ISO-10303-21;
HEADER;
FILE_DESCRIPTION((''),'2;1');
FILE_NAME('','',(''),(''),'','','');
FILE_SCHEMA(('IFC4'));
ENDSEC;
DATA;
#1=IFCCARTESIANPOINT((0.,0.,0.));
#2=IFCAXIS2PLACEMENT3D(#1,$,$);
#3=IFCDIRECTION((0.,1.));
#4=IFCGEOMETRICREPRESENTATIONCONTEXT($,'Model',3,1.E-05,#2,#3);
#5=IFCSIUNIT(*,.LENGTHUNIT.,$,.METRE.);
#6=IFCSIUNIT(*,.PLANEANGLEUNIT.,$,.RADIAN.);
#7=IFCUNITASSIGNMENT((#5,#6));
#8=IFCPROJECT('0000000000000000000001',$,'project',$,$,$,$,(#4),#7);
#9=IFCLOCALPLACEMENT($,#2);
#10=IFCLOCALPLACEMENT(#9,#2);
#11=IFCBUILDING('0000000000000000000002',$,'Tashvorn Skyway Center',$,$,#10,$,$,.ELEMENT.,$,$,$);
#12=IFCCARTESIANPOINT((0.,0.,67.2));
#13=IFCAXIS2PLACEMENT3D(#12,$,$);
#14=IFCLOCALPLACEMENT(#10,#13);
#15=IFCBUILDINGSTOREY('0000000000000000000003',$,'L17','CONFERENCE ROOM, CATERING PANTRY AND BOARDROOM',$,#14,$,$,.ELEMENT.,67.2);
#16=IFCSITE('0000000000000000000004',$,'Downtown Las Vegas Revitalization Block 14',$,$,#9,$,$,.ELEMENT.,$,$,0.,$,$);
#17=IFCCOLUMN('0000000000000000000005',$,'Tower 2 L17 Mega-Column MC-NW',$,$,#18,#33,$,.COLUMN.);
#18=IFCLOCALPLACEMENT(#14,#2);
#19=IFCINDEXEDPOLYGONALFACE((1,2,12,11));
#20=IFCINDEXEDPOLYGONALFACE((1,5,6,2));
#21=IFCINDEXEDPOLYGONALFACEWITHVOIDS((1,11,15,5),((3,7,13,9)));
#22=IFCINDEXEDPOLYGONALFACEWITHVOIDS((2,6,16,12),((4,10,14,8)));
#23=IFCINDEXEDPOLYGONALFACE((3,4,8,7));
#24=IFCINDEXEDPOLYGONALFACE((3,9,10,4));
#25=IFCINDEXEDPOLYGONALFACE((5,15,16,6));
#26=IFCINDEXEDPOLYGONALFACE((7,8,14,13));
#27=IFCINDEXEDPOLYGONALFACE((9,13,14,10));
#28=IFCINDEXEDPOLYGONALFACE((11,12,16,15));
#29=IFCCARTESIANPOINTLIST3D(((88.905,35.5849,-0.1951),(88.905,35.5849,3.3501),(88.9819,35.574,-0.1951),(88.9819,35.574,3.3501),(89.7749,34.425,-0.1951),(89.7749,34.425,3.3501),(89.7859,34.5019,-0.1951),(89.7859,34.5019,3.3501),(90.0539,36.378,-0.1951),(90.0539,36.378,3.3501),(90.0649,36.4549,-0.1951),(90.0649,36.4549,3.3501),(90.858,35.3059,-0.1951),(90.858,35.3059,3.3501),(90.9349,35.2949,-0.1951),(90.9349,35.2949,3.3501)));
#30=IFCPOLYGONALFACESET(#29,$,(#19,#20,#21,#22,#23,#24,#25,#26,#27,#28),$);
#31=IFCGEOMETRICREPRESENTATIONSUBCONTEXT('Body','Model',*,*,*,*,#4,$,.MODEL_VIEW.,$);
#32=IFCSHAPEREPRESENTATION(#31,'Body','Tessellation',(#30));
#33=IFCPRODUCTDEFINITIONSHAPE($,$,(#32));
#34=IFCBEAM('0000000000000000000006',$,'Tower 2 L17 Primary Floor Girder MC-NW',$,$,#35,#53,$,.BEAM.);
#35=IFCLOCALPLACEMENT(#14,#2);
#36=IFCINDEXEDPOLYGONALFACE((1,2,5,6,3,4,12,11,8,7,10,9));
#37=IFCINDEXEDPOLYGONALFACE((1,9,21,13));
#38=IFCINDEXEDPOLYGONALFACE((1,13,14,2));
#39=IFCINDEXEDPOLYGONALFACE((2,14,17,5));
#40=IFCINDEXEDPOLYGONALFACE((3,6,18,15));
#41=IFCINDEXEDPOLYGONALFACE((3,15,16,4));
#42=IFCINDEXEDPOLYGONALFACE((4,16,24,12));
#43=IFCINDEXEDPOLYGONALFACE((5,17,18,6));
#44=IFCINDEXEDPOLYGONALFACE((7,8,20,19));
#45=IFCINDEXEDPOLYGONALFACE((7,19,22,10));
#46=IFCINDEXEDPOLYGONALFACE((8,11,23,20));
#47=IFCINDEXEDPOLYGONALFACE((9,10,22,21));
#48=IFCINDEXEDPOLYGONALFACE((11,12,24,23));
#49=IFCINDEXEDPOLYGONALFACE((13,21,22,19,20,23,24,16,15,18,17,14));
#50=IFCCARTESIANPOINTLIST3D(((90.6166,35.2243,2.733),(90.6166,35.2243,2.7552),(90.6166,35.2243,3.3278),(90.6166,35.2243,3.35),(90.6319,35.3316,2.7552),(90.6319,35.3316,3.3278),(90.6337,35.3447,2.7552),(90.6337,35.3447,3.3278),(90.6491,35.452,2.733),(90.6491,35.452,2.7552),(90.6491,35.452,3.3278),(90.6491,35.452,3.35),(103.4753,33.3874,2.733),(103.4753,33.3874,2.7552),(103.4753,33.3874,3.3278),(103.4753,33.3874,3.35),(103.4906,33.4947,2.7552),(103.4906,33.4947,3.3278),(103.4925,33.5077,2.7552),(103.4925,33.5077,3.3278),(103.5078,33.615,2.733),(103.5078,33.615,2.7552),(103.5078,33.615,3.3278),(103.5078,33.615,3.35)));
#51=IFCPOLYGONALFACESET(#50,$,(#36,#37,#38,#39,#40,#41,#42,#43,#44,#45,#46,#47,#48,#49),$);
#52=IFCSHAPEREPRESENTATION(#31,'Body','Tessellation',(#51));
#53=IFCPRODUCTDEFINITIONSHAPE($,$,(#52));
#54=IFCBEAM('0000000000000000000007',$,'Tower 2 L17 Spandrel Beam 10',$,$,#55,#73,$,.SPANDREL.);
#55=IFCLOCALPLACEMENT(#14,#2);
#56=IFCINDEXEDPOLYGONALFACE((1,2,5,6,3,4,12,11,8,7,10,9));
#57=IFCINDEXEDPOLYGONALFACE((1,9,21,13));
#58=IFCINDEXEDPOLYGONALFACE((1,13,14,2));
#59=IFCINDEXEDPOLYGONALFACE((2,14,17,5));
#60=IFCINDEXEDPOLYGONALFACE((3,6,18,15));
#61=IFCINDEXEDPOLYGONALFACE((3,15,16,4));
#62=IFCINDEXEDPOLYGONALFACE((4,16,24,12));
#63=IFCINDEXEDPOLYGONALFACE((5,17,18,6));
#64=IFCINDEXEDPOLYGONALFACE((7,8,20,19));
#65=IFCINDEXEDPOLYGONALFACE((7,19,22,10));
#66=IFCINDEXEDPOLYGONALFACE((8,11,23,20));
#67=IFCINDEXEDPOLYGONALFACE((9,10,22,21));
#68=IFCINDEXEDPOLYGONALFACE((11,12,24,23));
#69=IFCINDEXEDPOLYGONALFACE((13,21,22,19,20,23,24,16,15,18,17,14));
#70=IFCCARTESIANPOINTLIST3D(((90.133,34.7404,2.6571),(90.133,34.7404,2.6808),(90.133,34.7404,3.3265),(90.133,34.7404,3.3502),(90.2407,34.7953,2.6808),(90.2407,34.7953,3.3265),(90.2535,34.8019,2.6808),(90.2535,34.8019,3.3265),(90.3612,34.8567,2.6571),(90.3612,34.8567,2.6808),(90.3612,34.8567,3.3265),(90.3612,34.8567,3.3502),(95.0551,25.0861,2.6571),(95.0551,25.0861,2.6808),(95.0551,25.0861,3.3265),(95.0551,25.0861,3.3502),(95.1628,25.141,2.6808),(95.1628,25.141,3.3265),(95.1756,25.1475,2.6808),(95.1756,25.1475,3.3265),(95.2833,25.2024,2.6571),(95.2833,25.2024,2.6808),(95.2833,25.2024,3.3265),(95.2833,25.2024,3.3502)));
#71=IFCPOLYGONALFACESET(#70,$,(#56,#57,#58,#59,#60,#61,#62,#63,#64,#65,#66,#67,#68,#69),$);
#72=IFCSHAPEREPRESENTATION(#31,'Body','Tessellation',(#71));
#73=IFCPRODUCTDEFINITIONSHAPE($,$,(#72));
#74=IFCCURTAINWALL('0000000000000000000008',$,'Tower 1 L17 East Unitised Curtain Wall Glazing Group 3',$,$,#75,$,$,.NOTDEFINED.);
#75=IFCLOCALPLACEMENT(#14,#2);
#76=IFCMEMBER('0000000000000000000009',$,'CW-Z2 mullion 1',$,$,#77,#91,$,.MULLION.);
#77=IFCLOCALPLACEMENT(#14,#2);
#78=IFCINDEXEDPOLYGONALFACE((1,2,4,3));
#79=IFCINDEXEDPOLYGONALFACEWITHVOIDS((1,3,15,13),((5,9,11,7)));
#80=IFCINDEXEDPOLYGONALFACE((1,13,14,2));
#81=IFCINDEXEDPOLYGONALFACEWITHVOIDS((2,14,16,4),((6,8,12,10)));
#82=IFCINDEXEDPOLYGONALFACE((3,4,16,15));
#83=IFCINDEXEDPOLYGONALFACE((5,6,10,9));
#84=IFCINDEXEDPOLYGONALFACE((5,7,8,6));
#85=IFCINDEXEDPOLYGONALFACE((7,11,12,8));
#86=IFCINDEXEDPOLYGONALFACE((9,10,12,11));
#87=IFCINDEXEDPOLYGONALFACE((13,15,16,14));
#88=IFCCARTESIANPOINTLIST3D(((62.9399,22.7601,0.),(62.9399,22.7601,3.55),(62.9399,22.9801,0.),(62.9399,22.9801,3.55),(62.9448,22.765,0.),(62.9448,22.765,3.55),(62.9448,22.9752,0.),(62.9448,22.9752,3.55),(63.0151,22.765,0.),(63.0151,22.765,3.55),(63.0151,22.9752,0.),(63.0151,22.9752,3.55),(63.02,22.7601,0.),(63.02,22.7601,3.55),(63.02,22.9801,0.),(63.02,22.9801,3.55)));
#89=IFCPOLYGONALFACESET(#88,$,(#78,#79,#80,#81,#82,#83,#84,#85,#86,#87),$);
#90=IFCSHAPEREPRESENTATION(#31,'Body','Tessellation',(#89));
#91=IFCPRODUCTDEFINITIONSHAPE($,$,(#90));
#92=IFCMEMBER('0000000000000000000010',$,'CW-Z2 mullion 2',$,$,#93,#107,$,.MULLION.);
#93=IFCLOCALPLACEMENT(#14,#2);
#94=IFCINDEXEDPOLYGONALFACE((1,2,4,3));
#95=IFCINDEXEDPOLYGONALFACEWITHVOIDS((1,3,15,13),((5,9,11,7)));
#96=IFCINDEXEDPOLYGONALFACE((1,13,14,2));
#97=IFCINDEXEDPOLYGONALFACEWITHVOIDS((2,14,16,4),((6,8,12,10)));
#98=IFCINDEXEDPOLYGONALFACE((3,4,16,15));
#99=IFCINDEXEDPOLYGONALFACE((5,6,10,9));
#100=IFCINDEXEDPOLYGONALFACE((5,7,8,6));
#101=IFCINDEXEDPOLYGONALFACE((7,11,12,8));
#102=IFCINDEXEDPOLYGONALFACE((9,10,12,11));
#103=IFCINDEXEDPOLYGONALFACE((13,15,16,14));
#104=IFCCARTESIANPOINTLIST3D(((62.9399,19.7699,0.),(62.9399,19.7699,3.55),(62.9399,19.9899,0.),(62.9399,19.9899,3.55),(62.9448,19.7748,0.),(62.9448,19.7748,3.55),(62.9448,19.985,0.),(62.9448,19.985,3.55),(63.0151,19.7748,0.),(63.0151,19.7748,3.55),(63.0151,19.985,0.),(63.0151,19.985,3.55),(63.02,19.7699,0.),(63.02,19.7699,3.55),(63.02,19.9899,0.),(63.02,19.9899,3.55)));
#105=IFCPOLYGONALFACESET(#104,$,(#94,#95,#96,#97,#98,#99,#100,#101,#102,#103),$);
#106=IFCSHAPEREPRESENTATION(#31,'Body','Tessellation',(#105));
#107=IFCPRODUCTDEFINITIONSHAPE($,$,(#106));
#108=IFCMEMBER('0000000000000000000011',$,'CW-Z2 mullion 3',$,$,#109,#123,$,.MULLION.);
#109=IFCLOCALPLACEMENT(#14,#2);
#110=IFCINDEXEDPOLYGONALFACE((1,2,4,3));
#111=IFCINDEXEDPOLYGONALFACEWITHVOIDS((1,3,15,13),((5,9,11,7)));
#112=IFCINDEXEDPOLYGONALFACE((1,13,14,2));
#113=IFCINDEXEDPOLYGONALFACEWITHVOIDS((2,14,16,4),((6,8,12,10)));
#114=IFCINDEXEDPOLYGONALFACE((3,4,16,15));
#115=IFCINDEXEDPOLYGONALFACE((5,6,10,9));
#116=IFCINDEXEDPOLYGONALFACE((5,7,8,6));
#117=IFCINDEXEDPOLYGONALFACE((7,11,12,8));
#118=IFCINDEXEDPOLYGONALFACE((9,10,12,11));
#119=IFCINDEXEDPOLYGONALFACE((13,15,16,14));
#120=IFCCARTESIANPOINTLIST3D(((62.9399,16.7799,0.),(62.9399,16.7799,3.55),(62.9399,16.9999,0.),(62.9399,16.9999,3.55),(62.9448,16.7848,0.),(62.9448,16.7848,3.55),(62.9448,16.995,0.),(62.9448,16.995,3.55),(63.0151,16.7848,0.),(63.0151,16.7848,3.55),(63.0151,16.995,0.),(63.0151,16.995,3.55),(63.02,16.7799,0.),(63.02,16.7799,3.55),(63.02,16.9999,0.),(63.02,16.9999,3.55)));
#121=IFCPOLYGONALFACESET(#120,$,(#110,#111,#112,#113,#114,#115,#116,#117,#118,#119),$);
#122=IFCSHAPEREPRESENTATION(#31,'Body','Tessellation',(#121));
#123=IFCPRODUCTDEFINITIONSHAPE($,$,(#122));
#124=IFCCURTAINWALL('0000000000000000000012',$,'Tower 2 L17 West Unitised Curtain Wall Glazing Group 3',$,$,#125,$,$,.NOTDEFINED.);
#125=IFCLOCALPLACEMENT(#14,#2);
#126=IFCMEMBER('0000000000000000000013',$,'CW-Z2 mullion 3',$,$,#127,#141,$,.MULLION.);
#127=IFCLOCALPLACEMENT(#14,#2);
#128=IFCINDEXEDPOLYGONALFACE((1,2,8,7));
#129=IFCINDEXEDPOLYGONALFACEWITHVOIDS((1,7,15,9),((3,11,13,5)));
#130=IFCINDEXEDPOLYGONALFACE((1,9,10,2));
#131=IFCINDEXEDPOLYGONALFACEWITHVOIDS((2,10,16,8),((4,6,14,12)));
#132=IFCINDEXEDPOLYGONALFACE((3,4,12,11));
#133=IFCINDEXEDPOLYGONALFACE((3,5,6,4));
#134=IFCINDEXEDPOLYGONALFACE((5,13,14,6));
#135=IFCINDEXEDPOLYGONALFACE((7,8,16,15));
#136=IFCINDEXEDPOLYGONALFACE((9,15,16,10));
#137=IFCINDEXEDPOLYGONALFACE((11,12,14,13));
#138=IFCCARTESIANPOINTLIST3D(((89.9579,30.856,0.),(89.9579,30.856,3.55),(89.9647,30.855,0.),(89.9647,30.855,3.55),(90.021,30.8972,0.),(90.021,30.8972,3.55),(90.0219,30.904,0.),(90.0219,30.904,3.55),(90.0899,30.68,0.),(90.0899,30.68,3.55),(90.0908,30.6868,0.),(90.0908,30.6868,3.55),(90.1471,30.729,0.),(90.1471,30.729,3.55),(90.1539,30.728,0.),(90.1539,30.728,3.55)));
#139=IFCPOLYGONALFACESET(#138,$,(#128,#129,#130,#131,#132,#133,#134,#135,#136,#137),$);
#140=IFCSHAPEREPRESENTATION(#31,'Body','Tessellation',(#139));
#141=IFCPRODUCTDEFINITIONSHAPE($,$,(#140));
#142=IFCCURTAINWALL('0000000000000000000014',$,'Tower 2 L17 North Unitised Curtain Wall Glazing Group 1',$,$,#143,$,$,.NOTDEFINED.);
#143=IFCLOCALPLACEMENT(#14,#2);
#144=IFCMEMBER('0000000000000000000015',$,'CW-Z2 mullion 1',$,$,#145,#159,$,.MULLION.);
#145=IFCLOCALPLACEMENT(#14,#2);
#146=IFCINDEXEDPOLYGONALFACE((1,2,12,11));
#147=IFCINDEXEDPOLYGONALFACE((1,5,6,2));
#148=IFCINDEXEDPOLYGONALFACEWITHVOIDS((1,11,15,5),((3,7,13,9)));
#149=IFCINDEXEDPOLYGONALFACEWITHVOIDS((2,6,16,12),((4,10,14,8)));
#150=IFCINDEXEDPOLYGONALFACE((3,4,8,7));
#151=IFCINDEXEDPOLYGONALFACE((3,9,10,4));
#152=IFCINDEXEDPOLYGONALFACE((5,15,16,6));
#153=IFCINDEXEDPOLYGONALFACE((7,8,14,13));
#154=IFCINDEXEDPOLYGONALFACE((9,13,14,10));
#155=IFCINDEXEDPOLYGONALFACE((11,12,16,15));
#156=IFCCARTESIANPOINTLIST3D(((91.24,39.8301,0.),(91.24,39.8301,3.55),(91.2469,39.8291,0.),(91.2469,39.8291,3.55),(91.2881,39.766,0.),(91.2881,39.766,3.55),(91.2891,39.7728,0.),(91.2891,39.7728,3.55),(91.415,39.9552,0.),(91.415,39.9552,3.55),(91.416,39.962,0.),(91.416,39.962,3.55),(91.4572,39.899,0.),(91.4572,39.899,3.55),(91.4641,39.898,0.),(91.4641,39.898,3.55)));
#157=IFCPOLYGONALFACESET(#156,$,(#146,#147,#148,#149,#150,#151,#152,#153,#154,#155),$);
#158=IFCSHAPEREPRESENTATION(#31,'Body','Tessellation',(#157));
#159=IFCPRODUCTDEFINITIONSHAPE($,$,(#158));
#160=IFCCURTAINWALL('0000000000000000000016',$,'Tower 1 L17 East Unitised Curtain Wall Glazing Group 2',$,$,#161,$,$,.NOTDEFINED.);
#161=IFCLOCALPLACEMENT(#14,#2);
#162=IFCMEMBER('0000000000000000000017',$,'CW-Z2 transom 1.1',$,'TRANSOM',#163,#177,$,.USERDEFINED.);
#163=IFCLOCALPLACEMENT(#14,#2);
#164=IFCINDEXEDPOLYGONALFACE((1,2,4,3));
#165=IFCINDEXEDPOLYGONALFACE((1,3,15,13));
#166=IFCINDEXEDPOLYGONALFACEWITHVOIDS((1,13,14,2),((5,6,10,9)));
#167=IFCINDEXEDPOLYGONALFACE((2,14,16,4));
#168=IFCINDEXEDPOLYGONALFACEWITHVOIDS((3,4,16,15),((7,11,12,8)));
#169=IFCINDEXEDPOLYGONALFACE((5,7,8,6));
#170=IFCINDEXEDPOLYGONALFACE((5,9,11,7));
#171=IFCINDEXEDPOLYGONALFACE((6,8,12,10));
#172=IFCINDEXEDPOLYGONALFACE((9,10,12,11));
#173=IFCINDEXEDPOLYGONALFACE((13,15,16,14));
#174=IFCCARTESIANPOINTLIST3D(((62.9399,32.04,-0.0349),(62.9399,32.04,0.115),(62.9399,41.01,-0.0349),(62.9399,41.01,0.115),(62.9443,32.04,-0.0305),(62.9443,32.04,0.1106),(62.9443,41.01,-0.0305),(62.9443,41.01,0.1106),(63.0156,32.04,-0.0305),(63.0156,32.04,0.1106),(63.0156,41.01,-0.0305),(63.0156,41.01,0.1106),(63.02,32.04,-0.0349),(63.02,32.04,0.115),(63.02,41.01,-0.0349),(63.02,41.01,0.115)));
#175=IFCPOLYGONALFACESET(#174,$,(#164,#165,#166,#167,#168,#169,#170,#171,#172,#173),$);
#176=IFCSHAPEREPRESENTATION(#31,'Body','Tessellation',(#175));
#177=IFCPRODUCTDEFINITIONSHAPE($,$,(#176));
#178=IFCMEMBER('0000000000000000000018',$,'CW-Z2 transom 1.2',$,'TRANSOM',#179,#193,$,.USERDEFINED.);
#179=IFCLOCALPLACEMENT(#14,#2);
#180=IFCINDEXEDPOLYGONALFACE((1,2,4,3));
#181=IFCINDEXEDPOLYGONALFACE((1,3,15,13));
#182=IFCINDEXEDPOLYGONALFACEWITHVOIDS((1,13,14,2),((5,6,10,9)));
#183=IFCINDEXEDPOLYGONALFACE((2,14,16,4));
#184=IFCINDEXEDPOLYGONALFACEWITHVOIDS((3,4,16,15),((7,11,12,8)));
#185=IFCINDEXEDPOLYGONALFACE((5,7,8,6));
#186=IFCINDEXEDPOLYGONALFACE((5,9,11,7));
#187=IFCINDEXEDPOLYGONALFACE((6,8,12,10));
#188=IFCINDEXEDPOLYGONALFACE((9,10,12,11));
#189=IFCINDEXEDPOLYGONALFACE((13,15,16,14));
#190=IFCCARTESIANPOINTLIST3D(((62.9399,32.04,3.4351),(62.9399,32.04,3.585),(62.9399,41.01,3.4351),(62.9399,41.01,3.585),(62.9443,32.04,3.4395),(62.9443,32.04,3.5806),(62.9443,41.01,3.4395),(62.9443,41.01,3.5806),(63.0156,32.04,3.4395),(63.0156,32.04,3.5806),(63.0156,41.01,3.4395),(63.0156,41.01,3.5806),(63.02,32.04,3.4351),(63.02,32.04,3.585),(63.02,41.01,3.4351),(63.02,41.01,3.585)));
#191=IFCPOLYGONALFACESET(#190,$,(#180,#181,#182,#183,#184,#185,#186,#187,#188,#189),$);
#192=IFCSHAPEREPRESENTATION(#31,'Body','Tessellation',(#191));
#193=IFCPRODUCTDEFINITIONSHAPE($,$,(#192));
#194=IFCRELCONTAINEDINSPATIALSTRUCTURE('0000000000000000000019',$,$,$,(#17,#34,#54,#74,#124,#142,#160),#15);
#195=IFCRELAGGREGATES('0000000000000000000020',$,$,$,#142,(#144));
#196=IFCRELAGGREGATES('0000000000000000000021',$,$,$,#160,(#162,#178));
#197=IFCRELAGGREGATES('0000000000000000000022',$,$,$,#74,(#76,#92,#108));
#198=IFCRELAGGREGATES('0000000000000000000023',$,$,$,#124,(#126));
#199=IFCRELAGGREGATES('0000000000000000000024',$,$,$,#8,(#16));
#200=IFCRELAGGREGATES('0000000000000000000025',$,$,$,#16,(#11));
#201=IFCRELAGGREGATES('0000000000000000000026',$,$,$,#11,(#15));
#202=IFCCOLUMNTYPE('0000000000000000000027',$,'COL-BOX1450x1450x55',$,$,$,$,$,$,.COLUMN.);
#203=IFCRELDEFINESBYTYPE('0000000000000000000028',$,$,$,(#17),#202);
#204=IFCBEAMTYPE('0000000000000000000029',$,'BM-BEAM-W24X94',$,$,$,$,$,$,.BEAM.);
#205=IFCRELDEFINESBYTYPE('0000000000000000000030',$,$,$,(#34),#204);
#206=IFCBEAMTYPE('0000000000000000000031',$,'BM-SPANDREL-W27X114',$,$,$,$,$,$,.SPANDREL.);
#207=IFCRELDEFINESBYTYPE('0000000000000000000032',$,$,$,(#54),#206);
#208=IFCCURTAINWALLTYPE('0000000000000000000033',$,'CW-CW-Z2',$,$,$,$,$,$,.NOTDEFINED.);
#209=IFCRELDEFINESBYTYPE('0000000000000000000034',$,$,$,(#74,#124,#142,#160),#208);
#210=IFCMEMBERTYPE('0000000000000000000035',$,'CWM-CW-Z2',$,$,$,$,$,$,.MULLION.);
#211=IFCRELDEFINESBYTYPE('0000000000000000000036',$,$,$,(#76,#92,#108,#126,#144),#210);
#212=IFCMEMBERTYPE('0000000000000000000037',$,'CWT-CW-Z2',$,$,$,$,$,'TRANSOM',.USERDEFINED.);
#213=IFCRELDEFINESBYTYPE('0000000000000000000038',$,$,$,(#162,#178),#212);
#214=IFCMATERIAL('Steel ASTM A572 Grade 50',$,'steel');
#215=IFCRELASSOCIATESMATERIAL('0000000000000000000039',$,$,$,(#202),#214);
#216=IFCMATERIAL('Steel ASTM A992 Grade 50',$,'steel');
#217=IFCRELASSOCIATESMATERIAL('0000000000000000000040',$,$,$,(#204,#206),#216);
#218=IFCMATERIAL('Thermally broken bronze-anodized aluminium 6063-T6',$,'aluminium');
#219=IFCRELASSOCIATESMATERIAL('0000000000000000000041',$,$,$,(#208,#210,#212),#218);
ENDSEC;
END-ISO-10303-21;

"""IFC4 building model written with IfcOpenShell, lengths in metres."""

from ifc_helpers import new_model, si_unit, direction, frame, origin, origin_2d, place, context, subcontext, project, spatial, hollow_rectangle, i_section, extrude, material, material_profile, profile_set, type_object, element, aggregate, save


model = new_model("IFC4")

# Units and contexts
model_context = context("Model", 3, precision=1e-05, world=origin(), true_north=direction((0.0, 1.0)))
body_context = subcontext(model_context, "Body", "Model", "MODEL_VIEW")
ifc_project = project(units=[si_unit("LENGTHUNIT", "METRE"), si_unit("PLANEANGLEUNIT", "RADIAN")], contexts=[model_context])

# Site, building, storey
site_placement = place(None, origin())
site = spatial("IfcSite", under=ifc_project, at=site_placement, Name="Downtown Las Vegas Revitalization Block 14", CompositionType="ELEMENT", RefElevation=0.0)
building_placement = place(site_placement, origin())
building = spatial("IfcBuilding", under=site, at=building_placement, Name="Tashvorn Skyway Center", CompositionType="ELEMENT")
storey_placement = place(building_placement, frame((0.0, 0.0, 67.2)))
storey = spatial("IfcBuildingStorey", under=building, at=storey_placement, Name="L17", Description="CONFERENCE ROOM, CATERING PANTRY AND BOARDROOM", CompositionType="ELEMENT", Elevation=67.2)

# Column
ifc_material_1 = material(Name="Steel ASTM A572 Grade 50", Category="steel")
ifc_material_profile_1 = material_profile(ifc_material_1, hollow_rectangle(XDim=1.45, YDim=1.45, WallThickness=0.0549, at=origin_2d()), Name="BOX1450x1450x55")
ifc_profile_set_1 = profile_set([ifc_material_profile_1], Name="Steel ASTM A572 Grade 50")
column_type = type_object("IfcColumnType", Name="COL-BOX1450x1450x55", PredefinedType="COLUMN", material=ifc_profile_set_1)
column_placement = place(storey_placement, frame((89.9199, 35.4399, -0.1951), z_axis=(0.0, 0.0, 1.0), x_axis=(0.8, 0.6, 0.0)))
element("IfcColumn", 1, at=column_placement, inside=storey, type_object=column_type, Name="Tower 2 L17 Mega-Column MC-NW", PredefinedType="COLUMN", context=body_context, shape_type="SweptSolid", body=[
    extrude(hollow_rectangle(XDim=1.45, YDim=1.45, WallThickness=0.0549, at=origin_2d()), origin(), (0.0, 0.0, 1.0), 3.5452),
])

# Beams
ifc_material_2 = material(Name="Steel ASTM A992 Grade 50", Category="steel")
ifc_material_profile_2 = material_profile(ifc_material_2, i_section(OverallWidth=0.23, OverallDepth=0.6169, WebThickness=0.0132, FlangeThickness=0.0222, at=origin_2d()), Name="W24X94")
ifc_profile_set_2 = profile_set([ifc_material_profile_2], Name="Steel ASTM A992 Grade 50")
beam_type_1 = type_object("IfcBeamType", Name="BM-BEAM-W24X94", PredefinedType="BEAM", material=ifc_profile_set_2)
beam_1_placement = place(storey_placement, frame((90.6328, 35.3381, 3.0415), z_axis=(0.98995, -0.141419, 0.0), x_axis=(0.141419, 0.98995, 0.0)))
element("IfcBeam", 2, at=beam_1_placement, inside=storey, type_object=beam_type_1, Name="Tower 2 L17 Primary Floor Girder MC-NW", PredefinedType="BEAM", context=body_context, shape_type="SweptSolid", body=[
    extrude(i_section(OverallWidth=0.23, OverallDepth=0.6169, WebThickness=0.0132, FlangeThickness=0.0222, at=origin_2d()), origin(), (0.0, 0.0, 1.0), 12.9893),
])
ifc_material_profile_3 = material_profile(ifc_material_2, i_section(OverallWidth=0.2561, OverallDepth=0.6931, WebThickness=0.0144, FlangeThickness=0.0237, at=origin_2d()), Name="W27X114")
ifc_profile_set_3 = profile_set([ifc_material_profile_3], Name="Steel ASTM A992 Grade 50")
beam_type_2 = type_object("IfcBeamType", Name="BM-SPANDREL-W27X114", PredefinedType="SPANDREL", material=ifc_profile_set_3)
beam_2_placement = place(storey_placement, frame((90.2471, 34.7986, 3.0037), z_axis=(0.454211, -0.890894, 0.0), x_axis=(0.890894, 0.454211, 0.0)))
element("IfcBeam", 3, at=beam_2_placement, inside=storey, type_object=beam_type_2, Name="Tower 2 L17 Spandrel Beam 10", PredefinedType="SPANDREL", context=body_context, shape_type="SweptSolid", body=[
    extrude(i_section(OverallWidth=0.2561, OverallDepth=0.6931, WebThickness=0.0144, FlangeThickness=0.0237, at=origin_2d()), origin(), (0.0, 0.0, 1.0), 10.8367),
])

# Curtain wall, members
ifc_material_3 = material(Name="Thermally broken bronze-anodized aluminium 6063-T6", Category="aluminium")
curtain_wall_type = type_object("IfcCurtainWallType", Name="CW-CW-Z2", PredefinedType="NOTDEFINED", material=ifc_material_3)
curtain_wall_1_placement = place(storey_placement, origin())
curtain_wall_1 = element("IfcCurtainWall", 4, at=curtain_wall_1_placement, inside=storey, type_object=curtain_wall_type, Name="Tower 1 L17 East Unitised Curtain Wall Glazing Group 3", PredefinedType="NOTDEFINED")
ifc_material_profile_4 = material_profile(ifc_material_3, hollow_rectangle(XDim=0.0801, YDim=0.22, WallThickness=0.0049, at=origin_2d()), Name="ALU-MULL-80x220")
ifc_profile_set_4 = profile_set([ifc_material_profile_4], Name="Thermally broken bronze-anodized aluminium 6063-T6")
member_type_1 = type_object("IfcMemberType", Name="CWM-CW-Z2", PredefinedType="MULLION", material=ifc_profile_set_4)
member_1_placement = place(storey_placement, frame((62.98, 22.8701, 0.0), z_axis=(0.0, 0.0, 1.0), x_axis=(1.0, 0.0, 0.0)))
member_1 = element("IfcMember", 5, at=member_1_placement, type_object=member_type_1, Name="CW-Z2 mullion 1", PredefinedType="MULLION", context=body_context, shape_type="SweptSolid", body=[
    extrude(hollow_rectangle(XDim=0.0801, YDim=0.22, WallThickness=0.0049, at=origin_2d()), origin(), (0.0, 0.0, 1.0), 3.55),
])
member_2_placement = place(storey_placement, frame((62.98, 19.8799, 0.0), z_axis=(0.0, 0.0, 1.0), x_axis=(1.0, 0.0, 0.0)))
member_2 = element("IfcMember", 6, at=member_2_placement, type_object=member_type_1, Name="CW-Z2 mullion 2", PredefinedType="MULLION", context=body_context, shape_type="SweptSolid", body=[
    extrude(hollow_rectangle(XDim=0.0801, YDim=0.22, WallThickness=0.0049, at=origin_2d()), origin(), (0.0, 0.0, 1.0), 3.55),
])
member_3_placement = place(storey_placement, frame((62.98, 16.8899, 0.0), z_axis=(0.0, 0.0, 1.0), x_axis=(1.0, 0.0, 0.0)))
member_3 = element("IfcMember", 7, at=member_3_placement, type_object=member_type_1, Name="CW-Z2 mullion 3", PredefinedType="MULLION", context=body_context, shape_type="SweptSolid", body=[
    extrude(hollow_rectangle(XDim=0.0801, YDim=0.22, WallThickness=0.0049, at=origin_2d()), origin(), (0.0, 0.0, 1.0), 3.55),
])

# Curtain walls, members
curtain_wall_2_placement = place(storey_placement, origin())
curtain_wall_2 = element("IfcCurtainWall", 8, at=curtain_wall_2_placement, inside=storey, type_object=curtain_wall_type, Name="Tower 2 L17 West Unitised Curtain Wall Glazing Group 3", PredefinedType="NOTDEFINED")
member_4_placement = place(storey_placement, frame((90.0559, 30.792, 0.0), z_axis=(0.0, 0.0, 1.0), x_axis=(-0.8, -0.6, 0.0)))
member_4 = element("IfcMember", 9, at=member_4_placement, type_object=member_type_1, Name="CW-Z2 mullion 3", PredefinedType="MULLION", context=body_context, shape_type="SweptSolid", body=[
    extrude(hollow_rectangle(XDim=0.0801, YDim=0.22, WallThickness=0.0049, at=origin_2d()), origin(), (0.0, 0.0, 1.0), 3.55),
])
curtain_wall_3_placement = place(storey_placement, origin())
curtain_wall_3 = element("IfcCurtainWall", 10, at=curtain_wall_3_placement, inside=storey, type_object=curtain_wall_type, Name="Tower 2 L17 North Unitised Curtain Wall Glazing Group 1", PredefinedType="NOTDEFINED")
member_5_placement = place(storey_placement, frame((91.3521, 39.864, 0.0), z_axis=(0.0, 0.0, 1.0), x_axis=(-0.6, 0.8, 0.0)))
member_5 = element("IfcMember", 11, at=member_5_placement, type_object=member_type_1, Name="CW-Z2 mullion 1", PredefinedType="MULLION", context=body_context, shape_type="SweptSolid", body=[
    extrude(hollow_rectangle(XDim=0.0801, YDim=0.22, WallThickness=0.0049, at=origin_2d()), origin(), (0.0, 0.0, 1.0), 3.55),
])

# Curtain wall, members
curtain_wall_4_placement = place(storey_placement, origin())
curtain_wall_4 = element("IfcCurtainWall", 12, at=curtain_wall_4_placement, inside=storey, type_object=curtain_wall_type, Name="Tower 1 L17 East Unitised Curtain Wall Glazing Group 2", PredefinedType="NOTDEFINED")
ifc_material_profile_5 = material_profile(ifc_material_3, hollow_rectangle(XDim=0.0801, YDim=0.1499, WallThickness=0.0044, at=origin_2d()), Name="ALU-TRAN-80x150")
ifc_profile_set_5 = profile_set([ifc_material_profile_5], Name="Thermally broken bronze-anodized aluminium 6063-T6")
member_type_2 = type_object("IfcMemberType", Name="CWT-CW-Z2", ElementType="TRANSOM", PredefinedType="USERDEFINED", material=ifc_profile_set_5)
member_6_placement = place(storey_placement, frame((62.98, 41.01, 0.04), z_axis=(0.0, -1.0, 0.0), x_axis=(1.0, 0.0, 0.0)))
member_6 = element("IfcMember", 13, at=member_6_placement, type_object=member_type_2, Name="CW-Z2 transom 1.1", ObjectType="TRANSOM", PredefinedType="USERDEFINED", context=body_context, shape_type="SweptSolid", body=[
    extrude(hollow_rectangle(XDim=0.0801, YDim=0.1499, WallThickness=0.0044, at=origin_2d()), origin(), (0.0, 0.0, 1.0), 8.97),
])
member_7_placement = place(storey_placement, frame((62.98, 41.01, 3.51), z_axis=(0.0, -1.0, 0.0), x_axis=(1.0, 0.0, 0.0)))
member_7 = element("IfcMember", 14, at=member_7_placement, type_object=member_type_2, Name="CW-Z2 transom 1.2", ObjectType="TRANSOM", PredefinedType="USERDEFINED", context=body_context, shape_type="SweptSolid", body=[
    extrude(hollow_rectangle(XDim=0.0801, YDim=0.1499, WallThickness=0.0044, at=origin_2d()), origin(), (0.0, 0.0, 1.0), 8.97),
])

aggregate(curtain_wall_3, [member_5])

aggregate(curtain_wall_4, [member_6, member_7])
aggregate(curtain_wall_1, [member_1, member_2, member_3])
aggregate(curtain_wall_2, [member_4])

save(model, "model.ifc")
